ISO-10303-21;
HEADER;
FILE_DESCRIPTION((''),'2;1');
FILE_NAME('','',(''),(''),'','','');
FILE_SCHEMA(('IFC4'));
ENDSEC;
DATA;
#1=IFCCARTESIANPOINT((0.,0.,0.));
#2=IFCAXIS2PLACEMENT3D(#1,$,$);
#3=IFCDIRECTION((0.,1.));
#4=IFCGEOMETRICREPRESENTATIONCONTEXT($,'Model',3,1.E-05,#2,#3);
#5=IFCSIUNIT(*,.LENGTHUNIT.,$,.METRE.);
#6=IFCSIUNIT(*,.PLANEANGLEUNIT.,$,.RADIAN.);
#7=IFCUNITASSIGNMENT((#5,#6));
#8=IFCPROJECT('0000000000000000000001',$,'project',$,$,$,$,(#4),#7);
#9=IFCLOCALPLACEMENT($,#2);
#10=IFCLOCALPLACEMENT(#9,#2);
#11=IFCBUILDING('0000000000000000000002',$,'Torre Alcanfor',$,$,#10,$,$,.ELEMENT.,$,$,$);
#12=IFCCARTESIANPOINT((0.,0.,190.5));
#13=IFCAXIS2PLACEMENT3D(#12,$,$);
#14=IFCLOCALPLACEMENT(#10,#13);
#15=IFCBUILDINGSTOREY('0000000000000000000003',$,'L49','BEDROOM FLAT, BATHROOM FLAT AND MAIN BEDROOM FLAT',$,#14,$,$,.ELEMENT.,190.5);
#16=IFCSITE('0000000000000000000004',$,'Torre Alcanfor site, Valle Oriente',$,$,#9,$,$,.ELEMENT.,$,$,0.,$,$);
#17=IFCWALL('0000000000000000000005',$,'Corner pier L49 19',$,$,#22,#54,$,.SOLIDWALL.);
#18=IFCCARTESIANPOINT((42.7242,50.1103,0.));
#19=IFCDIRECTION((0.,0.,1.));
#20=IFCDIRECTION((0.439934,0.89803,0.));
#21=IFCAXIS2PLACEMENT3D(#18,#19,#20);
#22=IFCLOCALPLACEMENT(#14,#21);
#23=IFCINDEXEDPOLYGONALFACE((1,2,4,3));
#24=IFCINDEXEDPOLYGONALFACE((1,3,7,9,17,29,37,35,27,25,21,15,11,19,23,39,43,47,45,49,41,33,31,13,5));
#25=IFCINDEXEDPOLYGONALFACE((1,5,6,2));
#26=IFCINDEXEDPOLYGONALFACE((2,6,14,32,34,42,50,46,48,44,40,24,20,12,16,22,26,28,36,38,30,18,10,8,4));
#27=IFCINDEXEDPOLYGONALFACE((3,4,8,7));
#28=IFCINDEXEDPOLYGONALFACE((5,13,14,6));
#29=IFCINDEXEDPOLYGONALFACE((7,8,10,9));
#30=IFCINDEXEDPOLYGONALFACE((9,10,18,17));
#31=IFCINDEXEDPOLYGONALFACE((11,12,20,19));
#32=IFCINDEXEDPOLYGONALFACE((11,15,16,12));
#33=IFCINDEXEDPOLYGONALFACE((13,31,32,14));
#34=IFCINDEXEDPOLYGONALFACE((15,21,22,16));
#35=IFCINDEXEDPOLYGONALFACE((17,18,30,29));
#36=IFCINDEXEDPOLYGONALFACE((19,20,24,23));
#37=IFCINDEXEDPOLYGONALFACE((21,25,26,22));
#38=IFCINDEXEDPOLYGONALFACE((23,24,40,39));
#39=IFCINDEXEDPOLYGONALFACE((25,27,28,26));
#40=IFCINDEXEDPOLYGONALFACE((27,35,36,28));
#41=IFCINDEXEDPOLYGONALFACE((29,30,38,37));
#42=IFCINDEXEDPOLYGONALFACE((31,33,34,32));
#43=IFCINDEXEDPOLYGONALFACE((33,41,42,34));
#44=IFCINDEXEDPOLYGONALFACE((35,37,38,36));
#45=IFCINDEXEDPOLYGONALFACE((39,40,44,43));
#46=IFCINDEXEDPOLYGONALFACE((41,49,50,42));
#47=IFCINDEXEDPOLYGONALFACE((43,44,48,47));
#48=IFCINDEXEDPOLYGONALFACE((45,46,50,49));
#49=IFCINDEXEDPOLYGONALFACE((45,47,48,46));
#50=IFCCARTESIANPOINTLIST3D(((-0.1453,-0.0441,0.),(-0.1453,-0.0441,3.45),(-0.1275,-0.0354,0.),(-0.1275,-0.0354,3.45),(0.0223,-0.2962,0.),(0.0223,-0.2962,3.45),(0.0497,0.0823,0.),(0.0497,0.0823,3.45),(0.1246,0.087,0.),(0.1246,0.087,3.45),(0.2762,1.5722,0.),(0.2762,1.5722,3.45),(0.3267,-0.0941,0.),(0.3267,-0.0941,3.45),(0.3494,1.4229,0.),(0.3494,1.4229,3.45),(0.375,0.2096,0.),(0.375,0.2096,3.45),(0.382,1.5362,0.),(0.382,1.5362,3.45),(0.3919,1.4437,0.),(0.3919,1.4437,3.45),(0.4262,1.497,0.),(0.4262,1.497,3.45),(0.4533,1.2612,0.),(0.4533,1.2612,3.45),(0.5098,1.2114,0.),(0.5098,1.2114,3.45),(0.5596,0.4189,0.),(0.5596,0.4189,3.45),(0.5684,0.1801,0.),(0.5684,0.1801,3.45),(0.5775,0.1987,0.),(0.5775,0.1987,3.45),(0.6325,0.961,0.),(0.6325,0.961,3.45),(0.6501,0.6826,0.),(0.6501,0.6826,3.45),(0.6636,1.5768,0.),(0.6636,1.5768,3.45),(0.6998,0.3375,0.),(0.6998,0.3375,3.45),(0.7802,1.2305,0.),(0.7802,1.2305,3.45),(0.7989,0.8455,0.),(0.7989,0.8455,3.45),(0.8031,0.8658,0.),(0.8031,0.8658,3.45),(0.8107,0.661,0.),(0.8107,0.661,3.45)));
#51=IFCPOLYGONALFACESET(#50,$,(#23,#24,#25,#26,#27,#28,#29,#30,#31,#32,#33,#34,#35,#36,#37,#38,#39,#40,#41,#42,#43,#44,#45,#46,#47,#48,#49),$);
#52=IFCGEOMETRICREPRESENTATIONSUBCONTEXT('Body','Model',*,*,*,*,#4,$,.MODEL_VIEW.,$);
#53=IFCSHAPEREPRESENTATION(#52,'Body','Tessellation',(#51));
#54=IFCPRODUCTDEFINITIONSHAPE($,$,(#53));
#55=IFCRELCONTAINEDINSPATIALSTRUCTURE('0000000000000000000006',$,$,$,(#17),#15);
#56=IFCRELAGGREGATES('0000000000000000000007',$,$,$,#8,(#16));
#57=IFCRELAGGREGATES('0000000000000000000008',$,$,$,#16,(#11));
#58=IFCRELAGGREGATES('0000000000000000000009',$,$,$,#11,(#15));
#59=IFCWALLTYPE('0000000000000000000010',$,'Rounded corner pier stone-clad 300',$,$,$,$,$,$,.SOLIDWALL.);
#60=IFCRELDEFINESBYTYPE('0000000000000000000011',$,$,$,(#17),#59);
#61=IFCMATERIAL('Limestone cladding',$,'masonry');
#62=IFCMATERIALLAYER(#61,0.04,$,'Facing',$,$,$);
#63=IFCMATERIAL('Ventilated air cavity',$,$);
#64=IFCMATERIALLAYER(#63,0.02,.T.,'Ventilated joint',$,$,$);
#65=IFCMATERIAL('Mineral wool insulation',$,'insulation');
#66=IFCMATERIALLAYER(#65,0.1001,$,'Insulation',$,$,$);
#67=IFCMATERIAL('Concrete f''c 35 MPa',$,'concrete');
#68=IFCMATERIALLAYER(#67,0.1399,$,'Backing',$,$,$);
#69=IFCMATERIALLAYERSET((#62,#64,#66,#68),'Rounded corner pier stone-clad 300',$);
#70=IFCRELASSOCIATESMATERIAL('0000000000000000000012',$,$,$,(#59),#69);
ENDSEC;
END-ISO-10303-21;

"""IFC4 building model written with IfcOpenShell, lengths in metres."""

from ifc_helpers import new_model, si_unit, direction, frame, origin, place, context, subcontext, project, spatial, polyline, outline, extrude, material, layer, layer_set, type_object, element, save


model = new_model("IFC4")

# Units and contexts
model_context = context("Model", 3, precision=1e-05, world=origin(), true_north=direction((0.0, 1.0)))
body_context = subcontext(model_context, "Body", "Model", "MODEL_VIEW")
ifc_project = project(units=[si_unit("LENGTHUNIT", "METRE"), si_unit("PLANEANGLEUNIT", "RADIAN")], contexts=[model_context])

# Site, building, storey
site_placement = place(None, origin())
site = spatial("IfcSite", under=ifc_project, at=site_placement, Name="Torre Alcanfor site, Valle Oriente", CompositionType="ELEMENT", RefElevation=0.0)
building_placement = place(site_placement, origin())
building = spatial("IfcBuilding", under=site, at=building_placement, Name="Torre Alcanfor", CompositionType="ELEMENT")
storey_placement = place(building_placement, frame((0.0, 0.0, 190.5)))
storey = spatial("IfcBuildingStorey", under=building, at=storey_placement, Name="L49", Description="BEDROOM FLAT, BATHROOM FLAT AND MAIN BEDROOM FLAT", CompositionType="ELEMENT", Elevation=190.5)

# Shared definitions
ifc_material_1 = material(Name="Limestone cladding", Category="masonry")
ifc_material_2 = material(Name="Ventilated air cavity")
ifc_material_3 = material(Name="Mineral wool insulation", Category="insulation")
ifc_material_4 = material(Name="Concrete f'c 35 MPa", Category="concrete")

# Wall
ifc_layer_1 = layer(ifc_material_1, 0.04, Name="Facing")
ifc_layer_2 = layer(ifc_material_2, 0.02, ventilated=True, Name="Ventilated joint")
ifc_layer_3 = layer(ifc_material_3, 0.1001, Name="Insulation")
ifc_layer_4 = layer(ifc_material_4, 0.1399, Name="Backing")
ifc_layer_set_1 = layer_set([ifc_layer_1, ifc_layer_2, ifc_layer_3, ifc_layer_4], Name="Rounded corner pier stone-clad 300")
wall_type_1 = type_object("IfcWallType", Name="Rounded corner pier stone-clad 300", PredefinedType="SOLIDWALL", material=ifc_layer_set_1)
wall_1_placement = place(storey_placement, frame((42.7242, 50.1103, 0.0), z_axis=(0.0, 0.0, 1.0), x_axis=(0.439934, 0.89803, 0.0)))
element("IfcWall", 1, at=wall_1_placement, inside=storey, type_object=wall_type_1, Name="Corner pier L49 19", PredefinedType="SOLIDWALL", context=body_context, shape_type="SweptSolid", body=[
    extrude(outline(polyline([(-0.1453, -0.0441), (0.0223, -0.2962), (0.3267, -0.0941), (0.5684, 0.1801), (0.5775, 0.1987), (0.6998, 0.3375), (0.8107, 0.661), (0.7989, 0.8455), (0.8031, 0.8658), (0.7802, 1.2305), (0.6636, 1.5768), (0.4262, 1.497), (0.382, 1.5362), (0.2762, 1.5722), (0.3494, 1.4229), (0.3919, 1.4437), (0.4533, 1.2612), (0.5098, 1.2114), (0.6325, 0.961), (0.6501, 0.6826), (0.5596, 0.4189), (0.375, 0.2096), (0.1246, 0.087), (0.0497, 0.0823), (-0.1275, -0.0354), (-0.1453, -0.0441)])), origin(), (0.0, 0.0, 1.0), 3.45),
])

save(model, "model.ifc")
